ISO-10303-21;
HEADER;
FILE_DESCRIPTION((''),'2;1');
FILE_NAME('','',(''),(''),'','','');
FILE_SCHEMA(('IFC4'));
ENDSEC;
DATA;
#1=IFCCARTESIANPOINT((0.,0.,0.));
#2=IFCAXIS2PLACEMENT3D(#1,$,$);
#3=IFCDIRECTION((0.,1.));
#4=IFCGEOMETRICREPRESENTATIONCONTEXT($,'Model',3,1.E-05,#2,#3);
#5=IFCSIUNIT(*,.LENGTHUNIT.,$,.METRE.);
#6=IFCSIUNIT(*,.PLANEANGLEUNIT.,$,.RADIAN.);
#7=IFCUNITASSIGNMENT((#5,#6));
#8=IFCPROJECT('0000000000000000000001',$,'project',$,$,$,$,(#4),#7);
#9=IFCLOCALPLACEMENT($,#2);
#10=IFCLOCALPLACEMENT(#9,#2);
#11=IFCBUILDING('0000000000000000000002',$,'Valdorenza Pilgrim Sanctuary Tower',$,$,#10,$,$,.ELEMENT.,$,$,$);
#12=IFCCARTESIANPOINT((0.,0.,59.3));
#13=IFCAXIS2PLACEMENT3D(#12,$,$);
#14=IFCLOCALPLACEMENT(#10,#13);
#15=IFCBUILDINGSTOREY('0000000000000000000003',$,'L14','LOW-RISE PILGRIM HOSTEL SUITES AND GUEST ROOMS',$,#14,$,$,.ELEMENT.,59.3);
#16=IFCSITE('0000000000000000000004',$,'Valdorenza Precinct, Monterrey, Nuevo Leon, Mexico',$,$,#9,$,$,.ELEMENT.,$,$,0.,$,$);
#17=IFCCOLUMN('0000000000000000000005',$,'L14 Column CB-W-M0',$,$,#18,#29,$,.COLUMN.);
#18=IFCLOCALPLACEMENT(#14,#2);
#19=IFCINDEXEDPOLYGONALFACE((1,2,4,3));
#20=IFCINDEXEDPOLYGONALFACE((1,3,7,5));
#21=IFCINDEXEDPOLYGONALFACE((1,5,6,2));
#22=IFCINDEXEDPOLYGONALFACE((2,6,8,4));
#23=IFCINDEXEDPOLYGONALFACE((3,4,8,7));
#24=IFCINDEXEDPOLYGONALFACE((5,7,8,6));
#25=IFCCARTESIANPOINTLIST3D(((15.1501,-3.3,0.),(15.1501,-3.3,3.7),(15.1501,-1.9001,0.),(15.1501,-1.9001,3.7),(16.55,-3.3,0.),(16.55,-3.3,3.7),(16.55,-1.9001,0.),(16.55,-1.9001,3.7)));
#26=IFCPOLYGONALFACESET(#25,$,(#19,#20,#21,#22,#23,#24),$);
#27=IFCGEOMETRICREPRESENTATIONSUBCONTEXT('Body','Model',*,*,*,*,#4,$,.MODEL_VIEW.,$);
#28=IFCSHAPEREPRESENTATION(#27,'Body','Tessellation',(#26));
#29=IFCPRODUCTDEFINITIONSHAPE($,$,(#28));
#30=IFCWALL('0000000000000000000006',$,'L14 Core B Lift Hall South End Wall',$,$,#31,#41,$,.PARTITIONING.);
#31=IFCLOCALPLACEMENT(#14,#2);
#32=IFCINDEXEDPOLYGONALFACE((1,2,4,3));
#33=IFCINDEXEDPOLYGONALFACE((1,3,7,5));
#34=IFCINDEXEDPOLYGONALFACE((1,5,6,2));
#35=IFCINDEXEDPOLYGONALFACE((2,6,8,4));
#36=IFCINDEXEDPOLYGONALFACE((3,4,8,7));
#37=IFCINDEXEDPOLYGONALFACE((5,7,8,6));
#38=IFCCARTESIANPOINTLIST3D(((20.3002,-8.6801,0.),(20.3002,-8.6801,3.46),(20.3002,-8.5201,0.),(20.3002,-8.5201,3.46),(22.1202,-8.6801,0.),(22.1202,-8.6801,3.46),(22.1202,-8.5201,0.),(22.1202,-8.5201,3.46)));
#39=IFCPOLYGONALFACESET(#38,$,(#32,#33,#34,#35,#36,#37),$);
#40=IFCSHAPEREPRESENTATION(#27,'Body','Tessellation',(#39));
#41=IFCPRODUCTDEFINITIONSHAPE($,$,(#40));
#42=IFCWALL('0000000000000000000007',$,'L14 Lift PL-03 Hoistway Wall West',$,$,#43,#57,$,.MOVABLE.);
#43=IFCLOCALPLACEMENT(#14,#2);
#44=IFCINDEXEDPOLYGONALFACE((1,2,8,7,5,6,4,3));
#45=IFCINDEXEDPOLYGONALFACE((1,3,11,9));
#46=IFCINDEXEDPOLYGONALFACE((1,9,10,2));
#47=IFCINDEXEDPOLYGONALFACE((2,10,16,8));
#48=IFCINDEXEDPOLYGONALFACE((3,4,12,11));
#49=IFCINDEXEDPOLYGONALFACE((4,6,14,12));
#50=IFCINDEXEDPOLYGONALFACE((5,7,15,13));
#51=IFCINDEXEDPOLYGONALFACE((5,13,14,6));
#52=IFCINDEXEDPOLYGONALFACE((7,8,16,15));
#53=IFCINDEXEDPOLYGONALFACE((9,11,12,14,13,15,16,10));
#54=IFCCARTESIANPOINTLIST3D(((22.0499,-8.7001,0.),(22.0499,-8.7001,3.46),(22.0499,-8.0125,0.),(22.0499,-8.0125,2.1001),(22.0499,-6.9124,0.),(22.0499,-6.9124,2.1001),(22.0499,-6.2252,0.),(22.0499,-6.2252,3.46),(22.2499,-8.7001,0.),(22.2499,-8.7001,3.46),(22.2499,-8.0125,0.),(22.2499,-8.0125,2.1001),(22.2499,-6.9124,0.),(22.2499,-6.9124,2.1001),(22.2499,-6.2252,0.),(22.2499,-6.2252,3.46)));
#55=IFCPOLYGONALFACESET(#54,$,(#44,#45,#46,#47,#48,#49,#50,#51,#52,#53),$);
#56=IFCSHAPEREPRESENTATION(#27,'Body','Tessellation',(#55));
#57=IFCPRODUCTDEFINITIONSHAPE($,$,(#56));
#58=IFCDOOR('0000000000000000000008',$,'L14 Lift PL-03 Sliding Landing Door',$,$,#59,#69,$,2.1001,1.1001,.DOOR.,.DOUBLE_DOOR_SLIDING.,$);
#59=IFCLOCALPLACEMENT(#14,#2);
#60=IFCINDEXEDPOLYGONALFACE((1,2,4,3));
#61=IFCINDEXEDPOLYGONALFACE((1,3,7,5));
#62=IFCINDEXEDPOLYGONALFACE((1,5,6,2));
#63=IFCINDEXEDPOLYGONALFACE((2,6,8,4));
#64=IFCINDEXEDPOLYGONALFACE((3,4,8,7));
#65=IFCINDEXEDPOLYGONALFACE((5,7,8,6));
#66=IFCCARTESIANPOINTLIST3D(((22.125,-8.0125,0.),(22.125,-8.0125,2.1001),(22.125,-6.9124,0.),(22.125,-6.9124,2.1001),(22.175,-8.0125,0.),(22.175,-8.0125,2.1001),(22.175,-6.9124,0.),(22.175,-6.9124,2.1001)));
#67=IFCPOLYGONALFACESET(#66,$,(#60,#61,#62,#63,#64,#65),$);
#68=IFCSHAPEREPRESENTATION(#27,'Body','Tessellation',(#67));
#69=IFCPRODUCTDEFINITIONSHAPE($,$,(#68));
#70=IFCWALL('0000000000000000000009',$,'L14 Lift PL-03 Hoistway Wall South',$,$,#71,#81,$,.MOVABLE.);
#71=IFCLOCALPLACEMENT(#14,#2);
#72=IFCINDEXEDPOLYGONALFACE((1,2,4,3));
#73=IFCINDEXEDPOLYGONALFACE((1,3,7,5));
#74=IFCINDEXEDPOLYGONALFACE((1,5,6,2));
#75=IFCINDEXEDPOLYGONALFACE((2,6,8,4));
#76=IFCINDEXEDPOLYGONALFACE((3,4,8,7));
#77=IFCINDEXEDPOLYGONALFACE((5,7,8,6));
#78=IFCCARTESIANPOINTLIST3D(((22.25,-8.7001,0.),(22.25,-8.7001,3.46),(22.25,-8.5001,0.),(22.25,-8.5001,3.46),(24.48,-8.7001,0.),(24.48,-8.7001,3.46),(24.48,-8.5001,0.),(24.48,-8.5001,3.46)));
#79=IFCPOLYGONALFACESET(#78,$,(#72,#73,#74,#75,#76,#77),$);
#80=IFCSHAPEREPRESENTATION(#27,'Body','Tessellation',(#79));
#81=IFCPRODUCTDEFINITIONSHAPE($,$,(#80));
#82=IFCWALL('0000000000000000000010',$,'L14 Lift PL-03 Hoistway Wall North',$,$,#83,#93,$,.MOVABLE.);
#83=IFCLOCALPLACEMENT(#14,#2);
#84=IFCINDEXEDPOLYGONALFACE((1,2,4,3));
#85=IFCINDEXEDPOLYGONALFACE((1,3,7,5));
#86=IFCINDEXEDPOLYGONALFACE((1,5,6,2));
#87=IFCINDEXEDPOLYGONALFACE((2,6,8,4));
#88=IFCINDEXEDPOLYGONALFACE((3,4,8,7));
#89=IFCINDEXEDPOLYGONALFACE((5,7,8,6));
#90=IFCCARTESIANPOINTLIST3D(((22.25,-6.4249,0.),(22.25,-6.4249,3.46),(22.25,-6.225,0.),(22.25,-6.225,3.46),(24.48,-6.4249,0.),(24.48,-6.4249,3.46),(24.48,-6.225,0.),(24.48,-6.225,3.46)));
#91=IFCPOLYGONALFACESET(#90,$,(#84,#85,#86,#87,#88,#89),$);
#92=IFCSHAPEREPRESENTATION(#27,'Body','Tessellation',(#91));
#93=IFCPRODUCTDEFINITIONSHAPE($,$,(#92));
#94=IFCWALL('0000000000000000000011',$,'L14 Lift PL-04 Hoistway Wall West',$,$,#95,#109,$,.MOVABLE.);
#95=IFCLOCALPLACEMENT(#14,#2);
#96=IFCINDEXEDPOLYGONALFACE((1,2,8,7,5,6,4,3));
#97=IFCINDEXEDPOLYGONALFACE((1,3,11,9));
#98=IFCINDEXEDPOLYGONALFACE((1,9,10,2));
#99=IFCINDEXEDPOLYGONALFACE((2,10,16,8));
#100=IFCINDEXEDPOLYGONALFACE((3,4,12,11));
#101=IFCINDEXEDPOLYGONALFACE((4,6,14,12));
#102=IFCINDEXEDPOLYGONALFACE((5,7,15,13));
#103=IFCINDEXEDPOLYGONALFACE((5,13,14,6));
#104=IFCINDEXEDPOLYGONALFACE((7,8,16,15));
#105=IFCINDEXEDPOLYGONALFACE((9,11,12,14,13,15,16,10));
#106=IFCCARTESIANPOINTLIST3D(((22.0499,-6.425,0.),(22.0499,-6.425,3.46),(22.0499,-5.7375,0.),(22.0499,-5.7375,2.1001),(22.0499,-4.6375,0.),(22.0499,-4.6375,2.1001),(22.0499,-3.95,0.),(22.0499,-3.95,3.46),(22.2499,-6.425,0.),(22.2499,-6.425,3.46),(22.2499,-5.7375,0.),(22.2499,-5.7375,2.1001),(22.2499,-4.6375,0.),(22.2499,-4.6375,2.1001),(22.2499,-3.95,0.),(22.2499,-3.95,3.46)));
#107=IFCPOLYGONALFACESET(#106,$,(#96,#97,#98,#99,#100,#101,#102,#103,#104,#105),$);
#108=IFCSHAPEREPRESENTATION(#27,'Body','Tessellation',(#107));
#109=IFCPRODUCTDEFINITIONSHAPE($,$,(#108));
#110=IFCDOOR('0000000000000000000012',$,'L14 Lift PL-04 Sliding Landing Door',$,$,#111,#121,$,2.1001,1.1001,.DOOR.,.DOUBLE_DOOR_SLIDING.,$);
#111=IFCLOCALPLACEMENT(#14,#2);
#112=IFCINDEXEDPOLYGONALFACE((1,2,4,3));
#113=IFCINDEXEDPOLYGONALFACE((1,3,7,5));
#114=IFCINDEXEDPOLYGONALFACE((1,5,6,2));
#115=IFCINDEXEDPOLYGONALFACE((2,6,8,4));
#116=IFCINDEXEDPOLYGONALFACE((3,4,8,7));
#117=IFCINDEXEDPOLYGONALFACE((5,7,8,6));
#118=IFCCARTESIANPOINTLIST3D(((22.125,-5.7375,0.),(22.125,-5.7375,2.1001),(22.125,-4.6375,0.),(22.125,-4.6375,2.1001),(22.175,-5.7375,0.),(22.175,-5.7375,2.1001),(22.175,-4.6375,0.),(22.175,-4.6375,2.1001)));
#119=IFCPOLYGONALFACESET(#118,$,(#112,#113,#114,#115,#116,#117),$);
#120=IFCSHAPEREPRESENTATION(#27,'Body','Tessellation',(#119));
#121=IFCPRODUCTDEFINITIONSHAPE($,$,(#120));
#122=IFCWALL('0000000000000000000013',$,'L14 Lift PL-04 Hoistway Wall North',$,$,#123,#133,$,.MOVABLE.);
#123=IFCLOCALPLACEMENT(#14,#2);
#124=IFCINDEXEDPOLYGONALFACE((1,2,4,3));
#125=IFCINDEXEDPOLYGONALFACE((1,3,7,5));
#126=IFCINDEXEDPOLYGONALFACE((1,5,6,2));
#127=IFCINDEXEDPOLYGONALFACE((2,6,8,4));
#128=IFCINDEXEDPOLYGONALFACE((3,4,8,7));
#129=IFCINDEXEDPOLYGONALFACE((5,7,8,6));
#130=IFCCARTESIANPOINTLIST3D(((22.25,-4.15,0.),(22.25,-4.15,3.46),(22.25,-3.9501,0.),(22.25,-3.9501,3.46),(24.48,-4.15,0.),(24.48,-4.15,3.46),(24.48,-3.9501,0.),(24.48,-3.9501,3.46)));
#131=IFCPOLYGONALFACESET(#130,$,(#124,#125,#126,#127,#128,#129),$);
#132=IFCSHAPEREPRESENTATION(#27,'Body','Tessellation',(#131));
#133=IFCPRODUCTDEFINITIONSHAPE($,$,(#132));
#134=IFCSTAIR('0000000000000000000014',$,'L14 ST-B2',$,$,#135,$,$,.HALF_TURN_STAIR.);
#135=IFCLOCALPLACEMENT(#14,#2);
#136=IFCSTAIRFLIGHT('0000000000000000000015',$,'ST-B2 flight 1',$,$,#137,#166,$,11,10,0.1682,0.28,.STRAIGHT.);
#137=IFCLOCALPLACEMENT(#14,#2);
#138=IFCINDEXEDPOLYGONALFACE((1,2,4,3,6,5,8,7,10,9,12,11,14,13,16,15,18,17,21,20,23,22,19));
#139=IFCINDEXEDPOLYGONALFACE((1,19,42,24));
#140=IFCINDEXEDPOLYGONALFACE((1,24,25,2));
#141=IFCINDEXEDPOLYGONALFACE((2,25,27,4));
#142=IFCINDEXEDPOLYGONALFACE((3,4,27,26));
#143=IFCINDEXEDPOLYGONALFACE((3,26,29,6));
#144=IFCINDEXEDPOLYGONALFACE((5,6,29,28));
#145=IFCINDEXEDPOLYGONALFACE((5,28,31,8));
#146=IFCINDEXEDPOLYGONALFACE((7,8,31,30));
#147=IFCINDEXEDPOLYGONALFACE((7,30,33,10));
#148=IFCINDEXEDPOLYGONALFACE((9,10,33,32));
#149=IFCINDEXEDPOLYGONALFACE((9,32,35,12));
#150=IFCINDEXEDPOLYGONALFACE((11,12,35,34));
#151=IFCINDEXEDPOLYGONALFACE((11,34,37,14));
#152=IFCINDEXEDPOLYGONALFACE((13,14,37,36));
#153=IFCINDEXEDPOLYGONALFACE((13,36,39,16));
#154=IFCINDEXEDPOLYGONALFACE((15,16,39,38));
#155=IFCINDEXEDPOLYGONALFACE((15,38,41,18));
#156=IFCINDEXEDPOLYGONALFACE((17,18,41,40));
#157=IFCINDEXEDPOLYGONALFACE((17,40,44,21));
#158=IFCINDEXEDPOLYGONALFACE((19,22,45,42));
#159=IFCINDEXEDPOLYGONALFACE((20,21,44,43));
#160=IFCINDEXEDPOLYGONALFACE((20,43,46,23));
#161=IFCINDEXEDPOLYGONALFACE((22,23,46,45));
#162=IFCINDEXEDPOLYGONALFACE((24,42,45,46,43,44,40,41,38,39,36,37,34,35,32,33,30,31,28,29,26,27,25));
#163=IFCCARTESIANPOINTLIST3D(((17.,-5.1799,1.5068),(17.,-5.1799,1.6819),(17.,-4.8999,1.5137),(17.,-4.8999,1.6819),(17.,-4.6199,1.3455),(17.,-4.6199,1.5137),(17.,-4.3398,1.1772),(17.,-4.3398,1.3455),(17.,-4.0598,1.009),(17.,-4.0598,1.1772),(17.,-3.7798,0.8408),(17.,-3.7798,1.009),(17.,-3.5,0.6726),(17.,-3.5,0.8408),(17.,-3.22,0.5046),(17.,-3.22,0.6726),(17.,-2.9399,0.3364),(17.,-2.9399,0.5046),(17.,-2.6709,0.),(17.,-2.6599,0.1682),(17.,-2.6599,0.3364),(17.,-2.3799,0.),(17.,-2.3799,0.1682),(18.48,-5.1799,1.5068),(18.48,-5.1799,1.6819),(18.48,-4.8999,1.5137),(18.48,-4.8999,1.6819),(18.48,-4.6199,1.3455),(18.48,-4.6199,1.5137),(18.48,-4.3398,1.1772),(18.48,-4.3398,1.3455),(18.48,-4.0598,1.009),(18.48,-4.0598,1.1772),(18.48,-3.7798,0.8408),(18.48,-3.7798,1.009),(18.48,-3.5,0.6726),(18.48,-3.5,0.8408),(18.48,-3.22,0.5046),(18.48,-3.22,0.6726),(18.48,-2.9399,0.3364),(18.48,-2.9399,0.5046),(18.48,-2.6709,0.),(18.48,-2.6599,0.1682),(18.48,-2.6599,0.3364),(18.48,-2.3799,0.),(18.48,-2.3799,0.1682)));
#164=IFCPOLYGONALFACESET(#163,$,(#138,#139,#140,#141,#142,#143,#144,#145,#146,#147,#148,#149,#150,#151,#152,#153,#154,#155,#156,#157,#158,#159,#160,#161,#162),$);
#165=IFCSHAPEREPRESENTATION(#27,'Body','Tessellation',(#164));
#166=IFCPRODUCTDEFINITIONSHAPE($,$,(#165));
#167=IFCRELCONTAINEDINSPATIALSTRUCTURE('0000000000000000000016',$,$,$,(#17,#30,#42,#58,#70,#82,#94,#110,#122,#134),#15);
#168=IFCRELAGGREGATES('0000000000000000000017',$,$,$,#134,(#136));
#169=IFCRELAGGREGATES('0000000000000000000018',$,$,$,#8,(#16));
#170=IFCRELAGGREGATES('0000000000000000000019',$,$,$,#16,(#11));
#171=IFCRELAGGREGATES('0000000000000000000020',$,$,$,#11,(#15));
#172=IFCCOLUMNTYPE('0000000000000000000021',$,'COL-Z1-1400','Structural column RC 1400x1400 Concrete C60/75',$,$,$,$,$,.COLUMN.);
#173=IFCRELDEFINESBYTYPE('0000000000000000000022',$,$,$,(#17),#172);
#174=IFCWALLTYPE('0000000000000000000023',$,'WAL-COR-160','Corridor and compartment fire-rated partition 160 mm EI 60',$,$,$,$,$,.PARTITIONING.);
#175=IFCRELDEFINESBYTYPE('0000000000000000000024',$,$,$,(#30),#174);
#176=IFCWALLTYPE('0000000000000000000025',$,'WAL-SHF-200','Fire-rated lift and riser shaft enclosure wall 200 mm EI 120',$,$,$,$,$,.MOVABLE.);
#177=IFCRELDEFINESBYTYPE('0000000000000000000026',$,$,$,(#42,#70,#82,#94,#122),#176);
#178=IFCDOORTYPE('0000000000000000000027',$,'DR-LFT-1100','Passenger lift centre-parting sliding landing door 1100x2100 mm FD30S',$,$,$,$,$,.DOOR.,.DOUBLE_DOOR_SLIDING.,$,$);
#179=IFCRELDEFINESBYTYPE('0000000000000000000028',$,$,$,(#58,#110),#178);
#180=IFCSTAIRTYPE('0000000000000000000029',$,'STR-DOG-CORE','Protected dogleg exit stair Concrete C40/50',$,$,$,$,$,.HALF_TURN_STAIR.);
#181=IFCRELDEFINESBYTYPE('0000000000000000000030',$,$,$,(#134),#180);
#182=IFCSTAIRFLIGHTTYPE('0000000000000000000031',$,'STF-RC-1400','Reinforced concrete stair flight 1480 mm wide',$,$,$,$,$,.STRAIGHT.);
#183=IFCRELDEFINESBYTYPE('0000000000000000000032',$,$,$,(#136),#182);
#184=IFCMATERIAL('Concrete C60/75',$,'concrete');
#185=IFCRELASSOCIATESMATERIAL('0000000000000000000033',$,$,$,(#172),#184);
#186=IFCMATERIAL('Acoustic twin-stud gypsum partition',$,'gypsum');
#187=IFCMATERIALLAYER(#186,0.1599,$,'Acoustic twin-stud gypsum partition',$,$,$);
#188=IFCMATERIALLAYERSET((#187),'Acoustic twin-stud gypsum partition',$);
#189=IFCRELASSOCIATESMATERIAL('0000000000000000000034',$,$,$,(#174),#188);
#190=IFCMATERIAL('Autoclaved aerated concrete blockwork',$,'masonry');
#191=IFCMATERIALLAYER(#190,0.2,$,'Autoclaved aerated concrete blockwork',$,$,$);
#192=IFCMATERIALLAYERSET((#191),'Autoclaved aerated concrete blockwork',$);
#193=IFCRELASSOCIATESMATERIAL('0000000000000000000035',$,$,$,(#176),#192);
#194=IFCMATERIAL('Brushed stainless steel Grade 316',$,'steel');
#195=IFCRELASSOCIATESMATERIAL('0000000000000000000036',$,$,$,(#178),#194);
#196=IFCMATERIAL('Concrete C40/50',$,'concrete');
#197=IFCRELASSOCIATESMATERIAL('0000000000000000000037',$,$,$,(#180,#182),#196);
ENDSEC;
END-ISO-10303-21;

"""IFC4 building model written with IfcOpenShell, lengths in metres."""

from ifc_helpers import new_model, si_unit, direction, frame, frame_2d, origin, origin_2d, place, context, subcontext, project, spatial, polyline, rectangle, outline, extrude, source, transform, mapped, material, layer, layer_set, material_profile, profile_set, type_object, element, fill, aggregate, save


model = new_model("IFC4")

# Units and contexts
model_context = context("Model", 3, precision=1e-05, world=origin(), true_north=direction((0.0, 1.0)))
body_context = subcontext(model_context, "Body", "Model", "MODEL_VIEW")
ifc_project = project(units=[si_unit("LENGTHUNIT", "METRE"), si_unit("PLANEANGLEUNIT", "RADIAN")], contexts=[model_context])

# Site, building, storey
site_placement = place(None, origin())
site = spatial("IfcSite", under=ifc_project, at=site_placement, Name="Valdorenza Precinct, Monterrey, Nuevo Leon, Mexico", CompositionType="ELEMENT", RefElevation=0.0)
building_placement = place(site_placement, origin())
building = spatial("IfcBuilding", under=site, at=building_placement, Name="Valdorenza Pilgrim Sanctuary Tower", CompositionType="ELEMENT")
storey_placement = place(building_placement, frame((0.0, 0.0, 59.3)))
storey = spatial("IfcBuildingStorey", under=building, at=storey_placement, Name="L14", Description="LOW-RISE PILGRIM HOSTEL SUITES AND GUEST ROOMS", CompositionType="ELEMENT", Elevation=59.3)

# Column
ifc_material_1 = material(Name="Concrete C60/75", Category="concrete")
ifc_material_profile = material_profile(ifc_material_1, rectangle(XDim=1.3999, YDim=1.3999, at=origin_2d()), Name="RC 1400x1400")
ifc_profile_set = profile_set([ifc_material_profile], Name="Concrete C60/75")
column_type = type_object("IfcColumnType", Name="COL-Z1-1400", Description="Structural column RC 1400x1400 Concrete C60/75", PredefinedType="COLUMN", material=ifc_profile_set)
shared_shape = source(origin(), body_context, "Body", "SweptSolid", [
    extrude(rectangle(XDim=1.3999, YDim=1.3999, at=origin_2d()), origin(), (0.0, 0.0, 1.0), 3.7),
])
column_placement = place(storey_placement, frame((15.8501, -2.6001, 0.0), z_axis=(0.0, 0.0, 1.0), x_axis=(1.0, 0.0, 0.0)))
element("IfcColumn", 1, at=column_placement, inside=storey, type_object=column_type, Name="L14 Column CB-W-M0", PredefinedType="COLUMN", context=body_context, shape_type="MappedRepresentation", body=[
    mapped(shared_shape, transform((0.0, 0.0, 0.0), x_axis=(1.0, 0.0, 0.0), y_axis=(0.0, 1.0, 0.0), z_axis=(0.0, 0.0, 1.0), scale=1.0)),
])

# Wall
ifc_material_2 = material(Name="Acoustic twin-stud gypsum partition", Category="gypsum")
ifc_layer_1 = layer(ifc_material_2, 0.1599, Name="Acoustic twin-stud gypsum partition")
ifc_layer_set_1 = layer_set([ifc_layer_1], Name="Acoustic twin-stud gypsum partition")
wall_type_1 = type_object("IfcWallType", Name="WAL-COR-160", Description="Corridor and compartment fire-rated partition 160 mm EI 60", PredefinedType="PARTITIONING", material=ifc_layer_set_1)
wall_1_placement = place(storey_placement, frame((20.3, -8.6001, 0.0), z_axis=(0.0, 0.0, 1.0), x_axis=(1.0, 0.0, 0.0)))
element("IfcWall", 2, at=wall_1_placement, inside=storey, type_object=wall_type_1, Name="L14 Core B Lift Hall South End Wall", PredefinedType="PARTITIONING", context=body_context, shape_type="SweptSolid", body=[
    extrude(rectangle(XDim=1.8201, YDim=0.1599, at=frame_2d((0.9102, 0.0))), origin(), (0.0, 0.0, 1.0), 3.46),
])

# Wall, opening, door
ifc_material_3 = material(Name="Autoclaved aerated concrete blockwork", Category="masonry")
ifc_layer_2 = layer(ifc_material_3, 0.2, Name="Autoclaved aerated concrete blockwork")
ifc_layer_set_2 = layer_set([ifc_layer_2], Name="Autoclaved aerated concrete blockwork")
wall_type_2 = type_object("IfcWallType", Name="WAL-SHF-200", Description="Fire-rated lift and riser shaft enclosure wall 200 mm EI 120", PredefinedType="MOVABLE", material=ifc_layer_set_2)
wall_2_placement = place(storey_placement, frame((22.1499, -8.7, 0.0), z_axis=(0.0, 0.0, 1.0), x_axis=(0.0, 1.0, 0.0)))
wall_2 = element("IfcWall", 3, at=wall_2_placement, inside=storey, type_object=wall_type_2, Name="L14 Lift PL-03 Hoistway Wall West", PredefinedType="MOVABLE", context=body_context, shape_type="SweptSolid", body=[
    extrude(rectangle(XDim=2.4749, YDim=0.2, at=frame_2d((1.2373, 0.0))), origin(), (0.0, 0.0, 1.0), 3.46),
])
opening_1_placement = place(wall_2_placement, frame((0.6875, 0.0, 0.0)))
opening_1 = element("IfcOpeningElement", 4, at=opening_1_placement, cuts=wall_2, PredefinedType="OPENING", context=body_context, shape_type="SweptSolid", body=[
    extrude(rectangle(XDim=1.1001, YDim=2.1001, at=frame_2d((0.55, 1.05))), frame((0.0, 0.1147, 0.0), z_axis=(0.0, -1.0, 0.0), x_axis=(1.0, 0.0, 0.0)), (0.0, 0.0, 1.0), 0.2297),
])
ifc_material_4 = material(Name="Brushed stainless steel Grade 316", Category="steel")
door_type_1 = type_object("IfcDoorType", Name="DR-LFT-1100", Description="Passenger lift centre-parting sliding landing door 1100x2100 mm FD30S", OperationType="DOUBLE_DOOR_SLIDING", PredefinedType="DOOR", material=ifc_material_4)
door_1_placement = place(opening_1_placement, origin())
door_1 = element("IfcDoor", 5, at=door_1_placement, inside=storey, type_object=door_type_1, Name="L14 Lift PL-03 Sliding Landing Door", OperationType="DOUBLE_DOOR_SLIDING", OverallHeight=2.1001, OverallWidth=1.1001, PredefinedType="DOOR", context=body_context, shape_type="SweptSolid", body=[
    extrude(rectangle(XDim=1.1001, YDim=2.1001, at=frame_2d((0.55, 1.05))), frame((0.0, 0.0249, 0.0), z_axis=(0.0, -1.0, 0.0), x_axis=(1.0, 0.0, 0.0)), (0.0, 0.0, 1.0), 0.05),
])
fill(opening_1, door_1)

# Walls
for number, where, z_axis, x_axis, name in (
    (6, (22.25, -8.6001, 0.0), (0.0, 0.0, 1.0), (1.0, 0.0, 0.0), "L14 Lift PL-03 Hoistway Wall South"),
    (7, (22.25, -6.325, 0.0), (0.0, 0.0, 1.0), (1.0, 0.0, 0.0), "L14 Lift PL-03 Hoistway Wall North"),
):
    element("IfcWall", number, at=place(storey_placement, frame(where, z_axis=z_axis, x_axis=x_axis)), inside=storey, type_object=wall_type_2, Name=name, PredefinedType="MOVABLE", context=body_context, shape_type="SweptSolid", body=[
        extrude(rectangle(XDim=2.23, YDim=0.2, at=frame_2d((1.115, 0.0))), origin(), (0.0, 0.0, 1.0), 3.46),
    ])

# Wall, opening, door
wall_3_placement = place(storey_placement, frame((22.1499, -6.425, 0.0), z_axis=(0.0, 0.0, 1.0), x_axis=(0.0, 1.0, 0.0)))
wall_3 = element("IfcWall", 8, at=wall_3_placement, inside=storey, type_object=wall_type_2, Name="L14 Lift PL-04 Hoistway Wall West", PredefinedType="MOVABLE", context=body_context, shape_type="SweptSolid", body=[
    extrude(rectangle(XDim=2.4751, YDim=0.2, at=frame_2d((1.2375, 0.0))), origin(), (0.0, 0.0, 1.0), 3.46),
])
opening_2_placement = place(wall_3_placement, frame((0.6875, 0.0, 0.0)))
opening_2 = element("IfcOpeningElement", 9, at=opening_2_placement, cuts=wall_3, PredefinedType="OPENING", context=body_context, shape_type="SweptSolid", body=[
    extrude(rectangle(XDim=1.1001, YDim=2.1001, at=frame_2d((0.55, 1.05))), frame((0.0, 0.1147, 0.0), z_axis=(0.0, -1.0, 0.0), x_axis=(1.0, 0.0, 0.0)), (0.0, 0.0, 1.0), 0.2297),
])
door_2_placement = place(opening_2_placement, origin())
door_2 = element("IfcDoor", 10, at=door_2_placement, inside=storey, type_object=door_type_1, Name="L14 Lift PL-04 Sliding Landing Door", OperationType="DOUBLE_DOOR_SLIDING", OverallHeight=2.1001, OverallWidth=1.1001, PredefinedType="DOOR", context=body_context, shape_type="SweptSolid", body=[
    extrude(rectangle(XDim=1.1001, YDim=2.1001, at=frame_2d((0.55, 1.05))), frame((0.0, 0.0249, 0.0), z_axis=(0.0, -1.0, 0.0), x_axis=(1.0, 0.0, 0.0)), (0.0, 0.0, 1.0), 0.05),
])
fill(opening_2, door_2)

# Wall
wall_4_placement = place(storey_placement, frame((22.25, -4.05, 0.0), z_axis=(0.0, 0.0, 1.0), x_axis=(1.0, 0.0, 0.0)))
element("IfcWall", 11, at=wall_4_placement, inside=storey, type_object=wall_type_2, Name="L14 Lift PL-04 Hoistway Wall North", PredefinedType="MOVABLE", context=body_context, shape_type="SweptSolid", body=[
    extrude(rectangle(XDim=2.23, YDim=0.2, at=frame_2d((1.115, 0.0))), origin(), (0.0, 0.0, 1.0), 3.46),
])

# Shared definitions
ifc_material_5 = material(Name="Concrete C40/50", Category="concrete")

# Stair, stair flight
stair_type = type_object("IfcStairType", Name="STR-DOG-CORE", Description="Protected dogleg exit stair Concrete C40/50", PredefinedType="HALF_TURN_STAIR", material=ifc_material_5)
stair_placement = place(storey_placement, origin())
stair = element("IfcStair", 12, at=stair_placement, inside=storey, type_object=stair_type, Name="L14 ST-B2", PredefinedType="HALF_TURN_STAIR")
stair_flight_type = type_object("IfcStairFlightType", Name="STF-RC-1400", Description="Reinforced concrete stair flight 1480 mm wide", PredefinedType="STRAIGHT", material=ifc_material_5)
stair_flight_1_placement = place(storey_placement, frame((17.74, -2.3799, 0.0), z_axis=(0.0, 0.0, 1.0), x_axis=(0.0, -1.0, 0.0)))
stair_flight_1 = element("IfcStairFlight", 13, at=stair_flight_1_placement, type_object=stair_flight_type, Name="ST-B2 flight 1", NumberOfRisers=11, NumberOfTreads=10, PredefinedType="STRAIGHT", RiserHeight=0.1682, TreadLength=0.28, context=body_context, shape_type="SweptSolid", body=[
    extrude(outline(polyline([(0.0, 0.0), (0.0, 0.1682), (0.28, 0.1682), (0.28, 0.3364), (0.5601, 0.3364), (0.5601, 0.5046), (0.8401, 0.5046), (0.8401, 0.6726), (1.1201, 0.6726), (1.1201, 0.8408), (1.3999, 0.8408), (1.3999, 1.009), (1.6799, 1.009), (1.6799, 1.1772), (1.96, 1.1772), (1.96, 1.3455), (2.24, 1.3455), (2.24, 1.5137), (2.52, 1.5137), (2.52, 1.6819), (2.8, 1.6819), (2.8, 1.8501), (2.8, 1.5068), (0.291, 0.0), (0.0, 0.0)])), frame((0.0, 0.74, 0.0), z_axis=(0.0, -1.0, 0.0), x_axis=(1.0, 0.0, 0.0)), (0.0, 0.0, 1.0), 1.48),
])
aggregate(stair, [stair_flight_1])

save(model, "model.ifc")
